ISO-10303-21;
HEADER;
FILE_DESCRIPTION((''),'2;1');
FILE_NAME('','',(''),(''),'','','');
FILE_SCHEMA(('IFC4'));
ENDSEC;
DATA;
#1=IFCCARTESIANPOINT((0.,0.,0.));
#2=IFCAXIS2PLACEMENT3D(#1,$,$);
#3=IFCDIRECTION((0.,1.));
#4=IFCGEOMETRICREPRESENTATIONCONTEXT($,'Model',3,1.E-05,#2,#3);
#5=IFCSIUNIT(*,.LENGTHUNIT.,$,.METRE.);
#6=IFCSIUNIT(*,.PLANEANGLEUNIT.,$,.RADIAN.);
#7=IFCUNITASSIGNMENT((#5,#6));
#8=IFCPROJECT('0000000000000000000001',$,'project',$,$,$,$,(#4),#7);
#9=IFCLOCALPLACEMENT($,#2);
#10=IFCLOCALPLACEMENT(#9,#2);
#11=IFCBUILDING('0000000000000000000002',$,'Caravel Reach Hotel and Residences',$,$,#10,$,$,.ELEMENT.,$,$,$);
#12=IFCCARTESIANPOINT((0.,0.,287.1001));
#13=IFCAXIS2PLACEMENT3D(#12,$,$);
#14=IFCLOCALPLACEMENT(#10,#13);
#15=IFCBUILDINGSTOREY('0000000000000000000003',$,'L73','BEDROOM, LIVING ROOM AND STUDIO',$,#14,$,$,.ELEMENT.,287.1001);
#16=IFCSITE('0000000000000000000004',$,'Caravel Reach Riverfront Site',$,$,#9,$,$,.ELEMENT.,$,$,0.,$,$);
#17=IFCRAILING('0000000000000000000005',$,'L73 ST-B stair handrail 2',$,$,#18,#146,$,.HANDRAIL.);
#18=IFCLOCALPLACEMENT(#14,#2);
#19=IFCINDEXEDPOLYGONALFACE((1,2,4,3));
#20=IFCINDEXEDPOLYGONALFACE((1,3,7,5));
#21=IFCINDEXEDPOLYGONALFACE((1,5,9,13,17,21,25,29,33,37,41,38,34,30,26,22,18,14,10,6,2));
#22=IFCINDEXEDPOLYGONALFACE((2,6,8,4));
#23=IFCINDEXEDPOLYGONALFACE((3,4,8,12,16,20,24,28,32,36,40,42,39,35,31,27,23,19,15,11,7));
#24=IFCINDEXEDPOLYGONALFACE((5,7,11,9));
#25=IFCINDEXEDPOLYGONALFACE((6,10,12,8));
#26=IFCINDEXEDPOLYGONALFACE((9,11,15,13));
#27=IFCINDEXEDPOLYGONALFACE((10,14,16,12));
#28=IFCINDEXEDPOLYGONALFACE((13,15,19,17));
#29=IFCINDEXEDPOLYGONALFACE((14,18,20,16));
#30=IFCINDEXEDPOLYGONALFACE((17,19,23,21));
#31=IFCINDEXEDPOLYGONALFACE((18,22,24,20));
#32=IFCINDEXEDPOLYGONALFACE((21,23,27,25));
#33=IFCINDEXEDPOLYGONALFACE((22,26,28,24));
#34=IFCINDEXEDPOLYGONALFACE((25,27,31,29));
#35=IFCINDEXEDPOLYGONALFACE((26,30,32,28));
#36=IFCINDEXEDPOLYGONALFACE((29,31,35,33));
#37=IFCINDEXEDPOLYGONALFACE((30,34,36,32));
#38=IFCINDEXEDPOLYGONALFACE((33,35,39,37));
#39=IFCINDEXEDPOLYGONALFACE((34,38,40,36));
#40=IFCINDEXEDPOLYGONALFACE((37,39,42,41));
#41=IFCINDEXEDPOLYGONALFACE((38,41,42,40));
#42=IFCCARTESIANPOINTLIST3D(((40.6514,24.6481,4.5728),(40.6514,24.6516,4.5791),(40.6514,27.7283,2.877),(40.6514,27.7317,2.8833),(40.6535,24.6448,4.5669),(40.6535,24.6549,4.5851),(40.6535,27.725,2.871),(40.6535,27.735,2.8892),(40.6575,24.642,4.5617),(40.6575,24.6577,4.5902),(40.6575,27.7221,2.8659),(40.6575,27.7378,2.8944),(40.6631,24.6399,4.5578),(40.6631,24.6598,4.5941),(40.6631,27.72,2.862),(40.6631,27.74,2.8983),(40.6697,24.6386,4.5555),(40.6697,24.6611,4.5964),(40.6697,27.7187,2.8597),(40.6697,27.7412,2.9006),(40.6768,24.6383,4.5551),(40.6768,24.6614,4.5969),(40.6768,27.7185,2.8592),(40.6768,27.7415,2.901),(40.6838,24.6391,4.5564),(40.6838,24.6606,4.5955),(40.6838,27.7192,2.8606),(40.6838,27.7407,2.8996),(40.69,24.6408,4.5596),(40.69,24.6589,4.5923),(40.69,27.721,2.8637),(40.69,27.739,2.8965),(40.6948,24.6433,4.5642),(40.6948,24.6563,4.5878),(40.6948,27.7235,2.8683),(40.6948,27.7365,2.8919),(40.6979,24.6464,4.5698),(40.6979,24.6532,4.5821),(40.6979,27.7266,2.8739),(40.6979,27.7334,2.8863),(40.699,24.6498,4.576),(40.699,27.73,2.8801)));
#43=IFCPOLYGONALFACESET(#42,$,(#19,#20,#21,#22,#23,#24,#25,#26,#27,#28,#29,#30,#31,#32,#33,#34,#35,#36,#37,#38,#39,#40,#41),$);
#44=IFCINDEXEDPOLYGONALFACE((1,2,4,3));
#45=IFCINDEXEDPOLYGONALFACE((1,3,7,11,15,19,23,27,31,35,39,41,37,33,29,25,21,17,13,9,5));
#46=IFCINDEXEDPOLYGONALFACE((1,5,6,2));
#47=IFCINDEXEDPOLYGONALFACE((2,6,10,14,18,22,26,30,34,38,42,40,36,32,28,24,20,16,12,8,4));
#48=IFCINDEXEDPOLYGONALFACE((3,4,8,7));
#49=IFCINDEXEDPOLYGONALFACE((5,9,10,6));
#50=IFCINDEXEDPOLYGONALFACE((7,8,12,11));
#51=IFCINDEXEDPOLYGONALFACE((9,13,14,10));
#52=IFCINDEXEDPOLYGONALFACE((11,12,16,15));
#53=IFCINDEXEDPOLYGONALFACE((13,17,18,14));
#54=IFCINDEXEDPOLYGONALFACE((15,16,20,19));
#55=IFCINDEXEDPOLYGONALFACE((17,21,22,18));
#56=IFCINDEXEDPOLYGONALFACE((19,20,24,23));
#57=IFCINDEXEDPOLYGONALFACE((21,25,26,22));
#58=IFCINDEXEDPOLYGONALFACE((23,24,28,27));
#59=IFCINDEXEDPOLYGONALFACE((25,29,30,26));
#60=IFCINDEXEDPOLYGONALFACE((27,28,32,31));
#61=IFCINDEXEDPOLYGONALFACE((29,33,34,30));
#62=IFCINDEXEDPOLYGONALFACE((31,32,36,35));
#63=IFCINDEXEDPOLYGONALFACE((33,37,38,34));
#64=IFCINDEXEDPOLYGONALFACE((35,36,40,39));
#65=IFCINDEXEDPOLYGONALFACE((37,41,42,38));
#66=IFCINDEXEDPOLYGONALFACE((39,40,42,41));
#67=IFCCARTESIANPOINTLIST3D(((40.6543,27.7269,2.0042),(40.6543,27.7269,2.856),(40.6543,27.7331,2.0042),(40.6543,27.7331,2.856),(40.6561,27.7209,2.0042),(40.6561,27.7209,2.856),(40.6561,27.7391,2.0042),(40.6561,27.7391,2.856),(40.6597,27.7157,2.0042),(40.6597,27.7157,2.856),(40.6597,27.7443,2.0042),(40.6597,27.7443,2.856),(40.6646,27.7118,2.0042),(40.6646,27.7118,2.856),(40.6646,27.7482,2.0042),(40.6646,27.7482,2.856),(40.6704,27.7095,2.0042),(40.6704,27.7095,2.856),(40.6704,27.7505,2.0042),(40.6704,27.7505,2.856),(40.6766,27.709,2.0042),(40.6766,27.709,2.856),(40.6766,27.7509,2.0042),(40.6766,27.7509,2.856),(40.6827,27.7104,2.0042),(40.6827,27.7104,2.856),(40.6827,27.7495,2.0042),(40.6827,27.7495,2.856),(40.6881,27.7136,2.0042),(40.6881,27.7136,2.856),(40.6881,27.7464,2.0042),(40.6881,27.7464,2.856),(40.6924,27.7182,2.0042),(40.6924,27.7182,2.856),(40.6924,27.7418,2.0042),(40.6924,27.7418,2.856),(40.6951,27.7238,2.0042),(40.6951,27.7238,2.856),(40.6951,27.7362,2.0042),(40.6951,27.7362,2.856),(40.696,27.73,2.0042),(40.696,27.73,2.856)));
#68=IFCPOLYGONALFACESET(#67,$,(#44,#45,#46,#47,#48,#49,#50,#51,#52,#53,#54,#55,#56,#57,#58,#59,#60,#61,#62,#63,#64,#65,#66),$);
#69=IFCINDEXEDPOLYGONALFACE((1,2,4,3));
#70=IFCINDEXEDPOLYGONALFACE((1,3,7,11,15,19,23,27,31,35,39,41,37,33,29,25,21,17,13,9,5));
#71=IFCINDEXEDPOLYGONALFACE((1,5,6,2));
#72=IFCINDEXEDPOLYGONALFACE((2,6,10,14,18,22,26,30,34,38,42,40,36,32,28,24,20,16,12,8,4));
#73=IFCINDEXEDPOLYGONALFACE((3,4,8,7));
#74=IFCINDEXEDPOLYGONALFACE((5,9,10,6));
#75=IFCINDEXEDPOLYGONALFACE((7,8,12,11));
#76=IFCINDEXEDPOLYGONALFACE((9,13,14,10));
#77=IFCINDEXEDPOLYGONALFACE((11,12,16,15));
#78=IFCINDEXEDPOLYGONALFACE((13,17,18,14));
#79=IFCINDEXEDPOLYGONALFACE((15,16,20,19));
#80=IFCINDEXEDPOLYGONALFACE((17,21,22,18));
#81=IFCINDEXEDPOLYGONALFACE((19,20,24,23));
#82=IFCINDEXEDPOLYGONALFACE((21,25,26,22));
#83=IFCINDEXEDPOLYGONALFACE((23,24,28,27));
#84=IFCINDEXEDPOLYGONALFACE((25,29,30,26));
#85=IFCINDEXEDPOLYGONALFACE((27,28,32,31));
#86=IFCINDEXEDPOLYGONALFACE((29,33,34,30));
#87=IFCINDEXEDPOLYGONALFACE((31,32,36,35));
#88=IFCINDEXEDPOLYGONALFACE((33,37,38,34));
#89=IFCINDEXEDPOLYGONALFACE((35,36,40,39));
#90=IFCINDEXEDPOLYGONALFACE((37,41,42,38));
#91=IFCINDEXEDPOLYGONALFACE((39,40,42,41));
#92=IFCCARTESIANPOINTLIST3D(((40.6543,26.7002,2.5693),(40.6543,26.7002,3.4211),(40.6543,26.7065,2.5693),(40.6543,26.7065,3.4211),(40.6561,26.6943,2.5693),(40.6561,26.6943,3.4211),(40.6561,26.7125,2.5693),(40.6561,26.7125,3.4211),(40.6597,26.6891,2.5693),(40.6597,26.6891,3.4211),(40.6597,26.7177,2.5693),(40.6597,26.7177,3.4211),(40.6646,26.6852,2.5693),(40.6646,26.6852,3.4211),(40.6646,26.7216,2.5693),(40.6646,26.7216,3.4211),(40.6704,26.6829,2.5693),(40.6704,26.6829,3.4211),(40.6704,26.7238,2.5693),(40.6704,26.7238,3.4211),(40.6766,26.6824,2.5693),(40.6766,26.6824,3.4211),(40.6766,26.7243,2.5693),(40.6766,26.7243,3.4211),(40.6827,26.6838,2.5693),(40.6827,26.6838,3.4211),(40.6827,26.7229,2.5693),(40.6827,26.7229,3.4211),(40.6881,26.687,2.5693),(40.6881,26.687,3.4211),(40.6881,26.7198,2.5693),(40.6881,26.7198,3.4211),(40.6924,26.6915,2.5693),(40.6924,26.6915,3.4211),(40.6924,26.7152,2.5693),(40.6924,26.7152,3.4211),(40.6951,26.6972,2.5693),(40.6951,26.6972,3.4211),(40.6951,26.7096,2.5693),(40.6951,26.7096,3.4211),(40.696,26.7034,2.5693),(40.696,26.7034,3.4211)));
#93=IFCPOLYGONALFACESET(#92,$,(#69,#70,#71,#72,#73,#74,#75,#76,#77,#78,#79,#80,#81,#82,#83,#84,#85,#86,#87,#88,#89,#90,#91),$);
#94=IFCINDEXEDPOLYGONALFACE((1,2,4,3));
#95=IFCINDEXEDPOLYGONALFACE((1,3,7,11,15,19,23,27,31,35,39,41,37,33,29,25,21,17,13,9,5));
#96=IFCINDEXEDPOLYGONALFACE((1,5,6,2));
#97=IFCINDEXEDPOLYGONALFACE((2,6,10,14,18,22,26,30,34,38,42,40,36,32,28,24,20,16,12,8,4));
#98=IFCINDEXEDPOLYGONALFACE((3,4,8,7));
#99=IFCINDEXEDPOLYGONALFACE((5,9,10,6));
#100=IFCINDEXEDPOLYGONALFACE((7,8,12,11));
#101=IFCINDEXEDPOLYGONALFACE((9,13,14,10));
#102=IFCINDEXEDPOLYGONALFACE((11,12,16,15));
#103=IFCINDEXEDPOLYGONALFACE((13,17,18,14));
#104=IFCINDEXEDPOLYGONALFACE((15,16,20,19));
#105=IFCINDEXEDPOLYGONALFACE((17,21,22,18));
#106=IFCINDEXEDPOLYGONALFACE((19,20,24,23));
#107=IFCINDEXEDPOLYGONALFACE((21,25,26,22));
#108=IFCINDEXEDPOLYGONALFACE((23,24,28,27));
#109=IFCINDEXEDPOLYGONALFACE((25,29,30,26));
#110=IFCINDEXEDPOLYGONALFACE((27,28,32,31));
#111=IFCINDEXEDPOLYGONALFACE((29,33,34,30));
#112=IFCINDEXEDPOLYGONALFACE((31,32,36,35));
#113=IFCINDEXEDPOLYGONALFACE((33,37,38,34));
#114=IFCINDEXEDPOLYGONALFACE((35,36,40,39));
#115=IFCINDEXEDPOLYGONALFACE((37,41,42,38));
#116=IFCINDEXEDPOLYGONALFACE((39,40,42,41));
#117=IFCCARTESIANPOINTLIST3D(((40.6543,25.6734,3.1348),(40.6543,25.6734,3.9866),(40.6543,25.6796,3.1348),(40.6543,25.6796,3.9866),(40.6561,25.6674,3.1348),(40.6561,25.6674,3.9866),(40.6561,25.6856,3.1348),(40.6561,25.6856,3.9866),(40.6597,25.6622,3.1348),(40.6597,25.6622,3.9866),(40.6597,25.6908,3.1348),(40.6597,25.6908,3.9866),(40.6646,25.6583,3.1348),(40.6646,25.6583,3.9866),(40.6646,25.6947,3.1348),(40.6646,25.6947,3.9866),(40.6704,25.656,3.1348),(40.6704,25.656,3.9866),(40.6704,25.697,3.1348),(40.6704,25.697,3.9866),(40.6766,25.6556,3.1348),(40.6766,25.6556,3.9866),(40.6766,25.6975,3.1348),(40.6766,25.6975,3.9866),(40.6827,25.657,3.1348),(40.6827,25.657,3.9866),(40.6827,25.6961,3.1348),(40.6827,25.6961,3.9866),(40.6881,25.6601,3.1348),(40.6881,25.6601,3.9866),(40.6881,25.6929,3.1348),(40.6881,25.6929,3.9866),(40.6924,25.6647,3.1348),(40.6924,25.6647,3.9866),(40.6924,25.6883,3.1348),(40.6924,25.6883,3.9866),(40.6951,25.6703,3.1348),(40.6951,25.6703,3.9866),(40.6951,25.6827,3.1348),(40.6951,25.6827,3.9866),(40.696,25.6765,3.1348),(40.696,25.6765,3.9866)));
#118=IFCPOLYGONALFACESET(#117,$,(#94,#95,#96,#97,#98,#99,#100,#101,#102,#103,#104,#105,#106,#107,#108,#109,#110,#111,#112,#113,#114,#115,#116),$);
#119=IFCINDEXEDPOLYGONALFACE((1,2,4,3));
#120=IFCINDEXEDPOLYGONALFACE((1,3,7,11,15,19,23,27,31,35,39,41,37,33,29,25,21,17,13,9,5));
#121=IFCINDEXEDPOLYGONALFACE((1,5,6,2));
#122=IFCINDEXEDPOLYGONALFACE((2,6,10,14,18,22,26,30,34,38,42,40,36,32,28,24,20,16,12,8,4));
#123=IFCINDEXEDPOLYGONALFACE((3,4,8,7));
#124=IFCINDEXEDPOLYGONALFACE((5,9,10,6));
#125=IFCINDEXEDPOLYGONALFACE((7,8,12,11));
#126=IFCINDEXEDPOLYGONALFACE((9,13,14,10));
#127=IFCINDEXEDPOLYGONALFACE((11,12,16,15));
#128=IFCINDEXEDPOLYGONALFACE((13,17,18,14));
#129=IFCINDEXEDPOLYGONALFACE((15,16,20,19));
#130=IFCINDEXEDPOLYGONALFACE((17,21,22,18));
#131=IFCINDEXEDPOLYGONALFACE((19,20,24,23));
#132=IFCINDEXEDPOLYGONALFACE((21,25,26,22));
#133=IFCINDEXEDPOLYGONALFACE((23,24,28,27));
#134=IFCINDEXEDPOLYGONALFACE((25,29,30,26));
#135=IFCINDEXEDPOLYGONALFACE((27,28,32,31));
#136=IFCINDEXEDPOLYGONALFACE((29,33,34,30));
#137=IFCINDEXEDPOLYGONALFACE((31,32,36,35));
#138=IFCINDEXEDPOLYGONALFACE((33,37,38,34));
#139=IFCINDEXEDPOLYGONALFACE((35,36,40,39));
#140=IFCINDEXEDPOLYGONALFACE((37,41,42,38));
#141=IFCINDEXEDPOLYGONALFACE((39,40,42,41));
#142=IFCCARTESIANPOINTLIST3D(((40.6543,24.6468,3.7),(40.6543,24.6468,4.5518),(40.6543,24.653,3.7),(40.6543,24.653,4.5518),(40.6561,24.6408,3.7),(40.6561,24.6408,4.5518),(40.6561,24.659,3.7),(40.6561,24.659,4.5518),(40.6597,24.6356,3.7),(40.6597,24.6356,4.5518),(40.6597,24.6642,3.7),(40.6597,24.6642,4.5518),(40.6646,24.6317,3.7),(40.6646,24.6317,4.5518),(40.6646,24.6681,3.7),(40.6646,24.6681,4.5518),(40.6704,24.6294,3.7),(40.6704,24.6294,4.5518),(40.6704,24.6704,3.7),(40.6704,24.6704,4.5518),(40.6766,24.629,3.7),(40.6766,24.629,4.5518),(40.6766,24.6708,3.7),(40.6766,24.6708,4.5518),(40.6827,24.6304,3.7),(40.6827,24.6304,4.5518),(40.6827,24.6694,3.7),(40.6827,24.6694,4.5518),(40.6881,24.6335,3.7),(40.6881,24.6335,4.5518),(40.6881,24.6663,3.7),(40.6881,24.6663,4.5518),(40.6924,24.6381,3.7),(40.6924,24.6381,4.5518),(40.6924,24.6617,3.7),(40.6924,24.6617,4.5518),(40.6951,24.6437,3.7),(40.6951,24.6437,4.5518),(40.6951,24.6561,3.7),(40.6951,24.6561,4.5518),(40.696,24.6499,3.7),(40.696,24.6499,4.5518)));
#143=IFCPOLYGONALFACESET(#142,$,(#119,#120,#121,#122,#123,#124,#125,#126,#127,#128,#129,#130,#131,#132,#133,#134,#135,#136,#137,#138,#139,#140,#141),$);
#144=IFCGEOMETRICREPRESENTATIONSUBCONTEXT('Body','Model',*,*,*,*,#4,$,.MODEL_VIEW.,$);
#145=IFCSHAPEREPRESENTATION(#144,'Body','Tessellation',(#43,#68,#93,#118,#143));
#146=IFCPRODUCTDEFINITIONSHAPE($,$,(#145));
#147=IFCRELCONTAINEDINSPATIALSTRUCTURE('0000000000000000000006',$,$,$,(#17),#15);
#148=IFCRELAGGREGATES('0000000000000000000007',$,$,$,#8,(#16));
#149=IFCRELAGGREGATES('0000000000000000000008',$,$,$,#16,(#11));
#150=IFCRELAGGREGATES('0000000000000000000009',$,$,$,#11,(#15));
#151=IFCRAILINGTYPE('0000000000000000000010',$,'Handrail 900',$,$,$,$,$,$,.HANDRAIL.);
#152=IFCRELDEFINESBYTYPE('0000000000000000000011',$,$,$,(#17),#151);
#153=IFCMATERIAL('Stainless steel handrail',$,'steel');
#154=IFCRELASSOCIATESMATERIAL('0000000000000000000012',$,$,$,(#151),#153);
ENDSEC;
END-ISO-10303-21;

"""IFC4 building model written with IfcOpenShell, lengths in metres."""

from ifc_helpers import new_model, si_unit, direction, frame, origin, origin_2d, place, context, subcontext, project, spatial, circle, extrude, material, type_object, element, save


model = new_model("IFC4")

# Units and contexts
model_context = context("Model", 3, precision=1e-05, world=origin(), true_north=direction((0.0, 1.0)))
body_context = subcontext(model_context, "Body", "Model", "MODEL_VIEW")
ifc_project = project(units=[si_unit("LENGTHUNIT", "METRE"), si_unit("PLANEANGLEUNIT", "RADIAN")], contexts=[model_context])

# Site, building, storey
site_placement = place(None, origin())
site = spatial("IfcSite", under=ifc_project, at=site_placement, Name="Caravel Reach Riverfront Site", CompositionType="ELEMENT", RefElevation=0.0)
building_placement = place(site_placement, origin())
building = spatial("IfcBuilding", under=site, at=building_placement, Name="Caravel Reach Hotel and Residences", CompositionType="ELEMENT")
storey_placement = place(building_placement, frame((0.0, 0.0, 287.1001)))
storey = spatial("IfcBuildingStorey", under=building, at=storey_placement, Name="L73", Description="BEDROOM, LIVING ROOM AND STUDIO", CompositionType="ELEMENT", Elevation=287.1001)

# Railing
ifc_material_1 = material(Name="Stainless steel handrail", Category="steel")
railing_type_1 = type_object("IfcRailingType", Name="Handrail 900", PredefinedType="HANDRAIL", material=ifc_material_1)
railing_1_placement = place(storey_placement, frame((40.675, 27.73, 2.0042)))
element("IfcRailing", 1, at=railing_1_placement, inside=storey, type_object=railing_type_1, Name="L73 ST-B stair handrail 2", PredefinedType="HANDRAIL", context=body_context, shape_type="SweptSolid", body=[
    extrude(circle(Radius=0.0239, at=origin_2d()), frame((0.0, 0.0, 0.876), z_axis=(0.0, -0.876005, 0.482303), x_axis=(1.0, 0.0, 0.0)), (0.0, 0.0, 1.0), 3.5161),
    extrude(circle(Radius=0.021, at=origin_2d()), origin(), (0.0, 0.0, 1.0), 0.8518),
    extrude(circle(Radius=0.021, at=origin_2d()), frame((0.0, -1.0266, 0.5652)), (0.0, 0.0, 1.0), 0.8518),
    extrude(circle(Radius=0.021, at=origin_2d()), frame((0.0, -2.0535, 1.1306)), (0.0, 0.0, 1.0), 0.8518),
    extrude(circle(Radius=0.021, at=origin_2d()), frame((0.0, -3.0801, 1.6958)), (0.0, 0.0, 1.0), 0.8518),
])

save(model, "model.ifc")
